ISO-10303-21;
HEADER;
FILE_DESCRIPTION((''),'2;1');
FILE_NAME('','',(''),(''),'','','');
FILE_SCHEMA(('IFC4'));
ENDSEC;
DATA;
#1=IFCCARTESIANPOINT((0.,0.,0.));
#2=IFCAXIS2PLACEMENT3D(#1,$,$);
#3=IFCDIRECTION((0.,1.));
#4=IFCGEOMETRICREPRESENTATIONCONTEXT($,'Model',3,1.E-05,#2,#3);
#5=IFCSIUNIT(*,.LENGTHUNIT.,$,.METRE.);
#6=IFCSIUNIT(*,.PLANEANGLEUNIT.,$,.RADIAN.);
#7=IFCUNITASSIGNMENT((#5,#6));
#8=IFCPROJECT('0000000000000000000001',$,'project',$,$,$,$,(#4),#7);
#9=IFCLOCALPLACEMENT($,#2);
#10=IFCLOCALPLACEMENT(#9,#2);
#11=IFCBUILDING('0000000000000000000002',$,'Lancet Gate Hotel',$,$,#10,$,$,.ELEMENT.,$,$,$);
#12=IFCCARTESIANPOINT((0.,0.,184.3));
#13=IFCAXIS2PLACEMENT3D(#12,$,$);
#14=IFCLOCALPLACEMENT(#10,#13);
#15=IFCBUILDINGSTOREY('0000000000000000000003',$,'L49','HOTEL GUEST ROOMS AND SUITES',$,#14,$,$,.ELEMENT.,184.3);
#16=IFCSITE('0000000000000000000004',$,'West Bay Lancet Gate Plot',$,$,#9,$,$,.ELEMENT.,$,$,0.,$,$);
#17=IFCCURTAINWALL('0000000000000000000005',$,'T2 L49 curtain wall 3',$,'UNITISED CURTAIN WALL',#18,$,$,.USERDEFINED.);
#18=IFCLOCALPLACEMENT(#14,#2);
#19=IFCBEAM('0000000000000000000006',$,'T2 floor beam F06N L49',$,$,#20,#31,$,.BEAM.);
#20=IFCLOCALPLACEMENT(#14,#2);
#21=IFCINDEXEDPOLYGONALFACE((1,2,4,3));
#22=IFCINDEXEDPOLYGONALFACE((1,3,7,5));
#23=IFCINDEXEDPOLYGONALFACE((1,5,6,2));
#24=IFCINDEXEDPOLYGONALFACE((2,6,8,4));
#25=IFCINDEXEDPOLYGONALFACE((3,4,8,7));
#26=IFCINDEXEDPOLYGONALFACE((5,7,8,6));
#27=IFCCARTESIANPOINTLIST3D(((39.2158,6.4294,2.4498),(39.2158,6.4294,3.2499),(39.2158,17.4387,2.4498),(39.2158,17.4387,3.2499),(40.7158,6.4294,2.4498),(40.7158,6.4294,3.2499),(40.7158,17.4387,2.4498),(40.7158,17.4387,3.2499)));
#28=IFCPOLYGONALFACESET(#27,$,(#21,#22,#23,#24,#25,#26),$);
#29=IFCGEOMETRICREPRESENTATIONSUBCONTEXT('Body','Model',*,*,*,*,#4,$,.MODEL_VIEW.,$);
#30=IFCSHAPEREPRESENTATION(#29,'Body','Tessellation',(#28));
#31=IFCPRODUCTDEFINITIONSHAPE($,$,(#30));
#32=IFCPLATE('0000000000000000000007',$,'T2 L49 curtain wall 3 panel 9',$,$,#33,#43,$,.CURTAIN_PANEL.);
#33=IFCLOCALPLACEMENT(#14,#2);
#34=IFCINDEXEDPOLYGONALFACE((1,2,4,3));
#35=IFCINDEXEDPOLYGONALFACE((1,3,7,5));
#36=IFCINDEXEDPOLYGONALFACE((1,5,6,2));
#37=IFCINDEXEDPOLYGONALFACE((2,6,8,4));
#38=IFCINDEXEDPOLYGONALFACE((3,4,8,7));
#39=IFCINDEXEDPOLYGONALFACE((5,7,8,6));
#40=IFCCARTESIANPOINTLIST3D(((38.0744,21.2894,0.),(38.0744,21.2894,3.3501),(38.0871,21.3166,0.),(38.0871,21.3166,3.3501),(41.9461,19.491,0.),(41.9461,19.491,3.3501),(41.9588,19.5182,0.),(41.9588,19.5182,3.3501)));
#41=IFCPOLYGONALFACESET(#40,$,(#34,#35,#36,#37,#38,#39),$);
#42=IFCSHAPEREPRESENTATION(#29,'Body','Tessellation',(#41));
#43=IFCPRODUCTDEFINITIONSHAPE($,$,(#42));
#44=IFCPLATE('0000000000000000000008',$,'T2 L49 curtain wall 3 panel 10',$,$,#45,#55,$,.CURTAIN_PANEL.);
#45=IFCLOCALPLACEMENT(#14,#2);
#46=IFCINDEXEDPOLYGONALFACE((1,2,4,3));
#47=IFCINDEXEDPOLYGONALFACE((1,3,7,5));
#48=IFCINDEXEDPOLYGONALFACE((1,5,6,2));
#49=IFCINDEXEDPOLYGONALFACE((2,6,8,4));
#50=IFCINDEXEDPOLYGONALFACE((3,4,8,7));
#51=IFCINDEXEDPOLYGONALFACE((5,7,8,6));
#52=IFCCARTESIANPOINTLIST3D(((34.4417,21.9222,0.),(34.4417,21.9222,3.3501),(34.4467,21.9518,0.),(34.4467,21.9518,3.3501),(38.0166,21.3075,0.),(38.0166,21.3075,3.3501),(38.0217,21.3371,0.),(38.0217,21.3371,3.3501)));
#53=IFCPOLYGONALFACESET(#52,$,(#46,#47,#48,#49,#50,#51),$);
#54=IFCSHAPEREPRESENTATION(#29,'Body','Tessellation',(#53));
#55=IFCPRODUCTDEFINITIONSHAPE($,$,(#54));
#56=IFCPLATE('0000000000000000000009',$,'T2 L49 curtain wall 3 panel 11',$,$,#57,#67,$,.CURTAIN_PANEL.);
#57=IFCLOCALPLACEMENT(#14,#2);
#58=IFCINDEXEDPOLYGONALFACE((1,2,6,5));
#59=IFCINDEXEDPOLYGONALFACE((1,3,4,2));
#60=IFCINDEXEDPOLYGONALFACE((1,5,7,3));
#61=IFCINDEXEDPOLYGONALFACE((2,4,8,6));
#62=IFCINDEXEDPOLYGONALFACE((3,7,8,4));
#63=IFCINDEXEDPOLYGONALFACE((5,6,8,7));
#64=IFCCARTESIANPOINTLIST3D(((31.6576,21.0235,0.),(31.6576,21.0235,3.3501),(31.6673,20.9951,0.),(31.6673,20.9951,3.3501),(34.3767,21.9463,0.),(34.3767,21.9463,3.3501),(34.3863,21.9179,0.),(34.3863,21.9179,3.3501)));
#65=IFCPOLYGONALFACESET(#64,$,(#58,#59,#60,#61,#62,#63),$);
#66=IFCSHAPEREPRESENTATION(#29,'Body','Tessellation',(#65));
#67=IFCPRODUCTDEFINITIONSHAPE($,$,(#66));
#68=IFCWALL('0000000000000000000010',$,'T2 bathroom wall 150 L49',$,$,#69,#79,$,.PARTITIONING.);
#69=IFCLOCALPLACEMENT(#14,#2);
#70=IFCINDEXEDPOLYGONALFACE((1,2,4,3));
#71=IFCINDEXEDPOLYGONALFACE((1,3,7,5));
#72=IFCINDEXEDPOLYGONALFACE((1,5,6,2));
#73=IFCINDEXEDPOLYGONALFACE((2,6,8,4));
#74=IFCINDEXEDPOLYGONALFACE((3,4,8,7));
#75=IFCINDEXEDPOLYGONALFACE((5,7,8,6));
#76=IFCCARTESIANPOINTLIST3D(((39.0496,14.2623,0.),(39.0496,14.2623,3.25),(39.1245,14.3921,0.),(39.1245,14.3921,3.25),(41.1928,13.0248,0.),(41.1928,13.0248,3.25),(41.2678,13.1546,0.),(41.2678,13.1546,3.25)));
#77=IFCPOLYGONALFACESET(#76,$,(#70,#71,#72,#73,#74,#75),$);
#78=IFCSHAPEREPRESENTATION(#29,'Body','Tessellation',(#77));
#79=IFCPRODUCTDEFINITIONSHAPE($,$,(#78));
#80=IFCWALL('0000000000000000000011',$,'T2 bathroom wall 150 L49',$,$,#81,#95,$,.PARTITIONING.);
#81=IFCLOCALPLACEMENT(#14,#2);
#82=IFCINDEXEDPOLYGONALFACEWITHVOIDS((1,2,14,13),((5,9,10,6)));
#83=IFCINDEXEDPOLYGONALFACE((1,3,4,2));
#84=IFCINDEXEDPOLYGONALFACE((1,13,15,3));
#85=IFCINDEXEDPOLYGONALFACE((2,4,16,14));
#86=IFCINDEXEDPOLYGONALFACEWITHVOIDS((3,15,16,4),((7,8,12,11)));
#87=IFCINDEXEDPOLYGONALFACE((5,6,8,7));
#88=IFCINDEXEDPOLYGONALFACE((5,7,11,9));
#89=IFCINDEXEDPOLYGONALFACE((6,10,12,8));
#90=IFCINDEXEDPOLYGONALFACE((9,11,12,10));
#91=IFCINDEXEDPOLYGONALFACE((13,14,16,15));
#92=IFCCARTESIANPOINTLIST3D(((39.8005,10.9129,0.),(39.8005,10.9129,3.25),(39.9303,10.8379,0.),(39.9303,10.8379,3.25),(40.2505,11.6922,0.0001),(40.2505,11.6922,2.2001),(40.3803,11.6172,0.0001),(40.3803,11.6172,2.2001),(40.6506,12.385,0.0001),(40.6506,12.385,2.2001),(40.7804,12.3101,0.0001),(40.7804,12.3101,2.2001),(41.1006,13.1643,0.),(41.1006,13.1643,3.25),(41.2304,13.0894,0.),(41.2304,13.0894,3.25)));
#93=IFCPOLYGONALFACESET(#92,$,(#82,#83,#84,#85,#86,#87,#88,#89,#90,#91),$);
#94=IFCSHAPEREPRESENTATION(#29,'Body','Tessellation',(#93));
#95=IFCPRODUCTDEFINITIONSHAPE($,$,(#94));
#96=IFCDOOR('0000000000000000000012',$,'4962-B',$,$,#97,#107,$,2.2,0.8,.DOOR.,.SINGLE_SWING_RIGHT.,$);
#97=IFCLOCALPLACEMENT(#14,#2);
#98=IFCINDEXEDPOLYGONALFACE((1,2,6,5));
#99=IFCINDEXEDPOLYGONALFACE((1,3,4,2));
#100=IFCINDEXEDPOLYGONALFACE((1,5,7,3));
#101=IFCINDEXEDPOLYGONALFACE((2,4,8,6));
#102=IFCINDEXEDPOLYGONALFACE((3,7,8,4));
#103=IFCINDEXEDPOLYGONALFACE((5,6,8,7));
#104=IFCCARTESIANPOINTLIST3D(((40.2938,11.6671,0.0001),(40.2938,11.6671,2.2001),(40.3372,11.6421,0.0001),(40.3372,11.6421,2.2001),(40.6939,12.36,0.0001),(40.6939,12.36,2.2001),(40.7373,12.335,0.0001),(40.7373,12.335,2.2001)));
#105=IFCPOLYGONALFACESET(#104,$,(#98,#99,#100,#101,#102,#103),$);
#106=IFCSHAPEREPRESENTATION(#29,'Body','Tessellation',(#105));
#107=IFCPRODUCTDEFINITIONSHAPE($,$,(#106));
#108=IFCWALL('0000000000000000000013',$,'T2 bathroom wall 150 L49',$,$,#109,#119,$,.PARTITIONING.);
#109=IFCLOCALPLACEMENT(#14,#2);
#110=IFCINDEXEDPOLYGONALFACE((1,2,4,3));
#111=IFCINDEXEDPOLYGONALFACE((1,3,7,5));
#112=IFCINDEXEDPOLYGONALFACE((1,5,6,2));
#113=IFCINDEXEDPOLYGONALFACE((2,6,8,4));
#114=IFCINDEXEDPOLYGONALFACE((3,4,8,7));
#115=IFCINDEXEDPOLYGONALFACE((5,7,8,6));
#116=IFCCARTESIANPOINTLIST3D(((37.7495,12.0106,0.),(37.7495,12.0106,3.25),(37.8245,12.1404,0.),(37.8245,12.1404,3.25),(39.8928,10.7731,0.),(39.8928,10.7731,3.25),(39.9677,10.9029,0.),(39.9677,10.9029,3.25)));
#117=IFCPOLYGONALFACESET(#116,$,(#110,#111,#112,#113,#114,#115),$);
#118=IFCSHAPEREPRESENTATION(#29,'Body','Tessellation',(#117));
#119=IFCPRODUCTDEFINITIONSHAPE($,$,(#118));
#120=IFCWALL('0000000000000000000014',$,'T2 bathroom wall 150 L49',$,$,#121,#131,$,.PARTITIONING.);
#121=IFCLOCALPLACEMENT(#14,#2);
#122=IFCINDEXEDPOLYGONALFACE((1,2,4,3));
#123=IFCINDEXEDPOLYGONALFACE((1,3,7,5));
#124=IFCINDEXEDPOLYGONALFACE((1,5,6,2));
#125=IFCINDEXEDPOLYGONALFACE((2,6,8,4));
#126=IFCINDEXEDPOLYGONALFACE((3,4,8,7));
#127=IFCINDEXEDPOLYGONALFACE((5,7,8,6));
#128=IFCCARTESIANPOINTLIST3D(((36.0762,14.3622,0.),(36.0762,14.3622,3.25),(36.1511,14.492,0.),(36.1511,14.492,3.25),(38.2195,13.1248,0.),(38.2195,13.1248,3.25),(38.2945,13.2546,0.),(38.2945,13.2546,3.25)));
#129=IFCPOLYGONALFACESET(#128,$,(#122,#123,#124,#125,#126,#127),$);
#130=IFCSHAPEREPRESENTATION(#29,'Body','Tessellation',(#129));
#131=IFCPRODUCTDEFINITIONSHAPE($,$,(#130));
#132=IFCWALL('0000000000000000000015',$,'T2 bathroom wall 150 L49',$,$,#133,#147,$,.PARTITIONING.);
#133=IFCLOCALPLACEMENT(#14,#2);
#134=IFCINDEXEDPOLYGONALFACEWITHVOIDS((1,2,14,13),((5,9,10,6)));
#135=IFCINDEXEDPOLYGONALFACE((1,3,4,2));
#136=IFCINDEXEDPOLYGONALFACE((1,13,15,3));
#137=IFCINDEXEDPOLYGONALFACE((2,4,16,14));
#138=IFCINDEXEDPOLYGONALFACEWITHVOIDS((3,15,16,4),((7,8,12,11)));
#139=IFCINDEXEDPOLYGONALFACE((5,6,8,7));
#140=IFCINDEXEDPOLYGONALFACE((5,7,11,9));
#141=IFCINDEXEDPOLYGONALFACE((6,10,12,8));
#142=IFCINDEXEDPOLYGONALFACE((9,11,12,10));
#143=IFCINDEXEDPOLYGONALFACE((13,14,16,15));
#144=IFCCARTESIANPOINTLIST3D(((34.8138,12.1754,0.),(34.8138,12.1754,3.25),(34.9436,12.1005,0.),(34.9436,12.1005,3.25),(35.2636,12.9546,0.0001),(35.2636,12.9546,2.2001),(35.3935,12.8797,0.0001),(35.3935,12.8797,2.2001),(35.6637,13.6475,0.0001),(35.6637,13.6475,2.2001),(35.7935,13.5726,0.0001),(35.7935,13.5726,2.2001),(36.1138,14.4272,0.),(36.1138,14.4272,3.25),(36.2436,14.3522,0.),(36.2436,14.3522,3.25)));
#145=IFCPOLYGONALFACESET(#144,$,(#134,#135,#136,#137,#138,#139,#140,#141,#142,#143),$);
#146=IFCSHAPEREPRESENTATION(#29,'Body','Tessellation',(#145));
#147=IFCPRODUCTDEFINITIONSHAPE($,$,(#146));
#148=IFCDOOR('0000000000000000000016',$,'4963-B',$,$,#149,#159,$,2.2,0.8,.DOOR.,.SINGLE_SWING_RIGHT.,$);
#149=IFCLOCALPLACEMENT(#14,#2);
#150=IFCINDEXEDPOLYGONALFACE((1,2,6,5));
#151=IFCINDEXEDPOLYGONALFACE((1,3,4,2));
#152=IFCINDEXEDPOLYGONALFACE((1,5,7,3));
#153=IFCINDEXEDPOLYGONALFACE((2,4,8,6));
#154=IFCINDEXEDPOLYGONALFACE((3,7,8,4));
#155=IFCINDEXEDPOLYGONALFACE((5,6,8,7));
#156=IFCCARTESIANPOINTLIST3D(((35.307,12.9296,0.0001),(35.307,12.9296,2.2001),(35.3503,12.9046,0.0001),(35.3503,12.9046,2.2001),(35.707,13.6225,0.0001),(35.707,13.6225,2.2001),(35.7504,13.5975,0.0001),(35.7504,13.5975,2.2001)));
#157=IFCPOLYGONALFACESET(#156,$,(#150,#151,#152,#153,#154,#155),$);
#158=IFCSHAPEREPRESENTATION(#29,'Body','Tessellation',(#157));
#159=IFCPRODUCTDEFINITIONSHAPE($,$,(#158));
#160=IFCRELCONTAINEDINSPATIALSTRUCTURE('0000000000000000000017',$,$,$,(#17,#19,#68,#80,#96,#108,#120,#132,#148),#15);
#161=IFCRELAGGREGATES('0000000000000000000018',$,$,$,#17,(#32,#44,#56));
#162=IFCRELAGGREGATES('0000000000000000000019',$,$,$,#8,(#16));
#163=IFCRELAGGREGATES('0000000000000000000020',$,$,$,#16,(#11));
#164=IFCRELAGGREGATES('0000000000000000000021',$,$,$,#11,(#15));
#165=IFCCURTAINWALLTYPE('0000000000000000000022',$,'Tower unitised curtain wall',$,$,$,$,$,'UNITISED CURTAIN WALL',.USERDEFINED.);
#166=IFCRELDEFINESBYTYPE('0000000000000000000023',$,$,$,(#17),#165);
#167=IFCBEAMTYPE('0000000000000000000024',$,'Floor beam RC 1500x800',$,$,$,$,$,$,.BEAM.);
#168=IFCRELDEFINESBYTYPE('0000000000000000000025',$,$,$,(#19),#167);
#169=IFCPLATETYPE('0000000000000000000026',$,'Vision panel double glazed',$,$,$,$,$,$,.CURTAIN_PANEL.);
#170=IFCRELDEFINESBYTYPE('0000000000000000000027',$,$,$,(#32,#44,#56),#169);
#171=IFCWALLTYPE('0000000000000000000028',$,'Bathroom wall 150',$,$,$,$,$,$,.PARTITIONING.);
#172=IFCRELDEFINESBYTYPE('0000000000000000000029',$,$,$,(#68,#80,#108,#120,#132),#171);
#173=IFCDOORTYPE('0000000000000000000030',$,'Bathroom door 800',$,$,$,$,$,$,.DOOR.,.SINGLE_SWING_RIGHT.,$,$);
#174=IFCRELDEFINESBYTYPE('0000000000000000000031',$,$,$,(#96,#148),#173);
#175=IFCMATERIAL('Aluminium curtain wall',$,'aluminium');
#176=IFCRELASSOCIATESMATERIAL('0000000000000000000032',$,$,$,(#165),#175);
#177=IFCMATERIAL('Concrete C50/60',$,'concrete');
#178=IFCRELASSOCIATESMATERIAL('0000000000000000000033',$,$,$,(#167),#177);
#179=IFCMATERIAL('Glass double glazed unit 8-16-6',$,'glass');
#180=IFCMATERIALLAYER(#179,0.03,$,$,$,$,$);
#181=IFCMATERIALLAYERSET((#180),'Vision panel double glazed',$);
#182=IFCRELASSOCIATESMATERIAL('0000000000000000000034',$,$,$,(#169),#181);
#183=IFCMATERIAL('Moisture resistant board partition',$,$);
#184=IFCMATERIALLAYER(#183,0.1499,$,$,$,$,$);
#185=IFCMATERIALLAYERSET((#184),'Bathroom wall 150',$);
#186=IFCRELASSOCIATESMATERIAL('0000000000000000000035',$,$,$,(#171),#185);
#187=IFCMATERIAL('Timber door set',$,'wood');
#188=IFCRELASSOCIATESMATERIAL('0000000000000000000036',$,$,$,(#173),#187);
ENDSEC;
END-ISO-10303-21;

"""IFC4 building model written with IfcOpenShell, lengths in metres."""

from ifc_helpers import new_model, si_unit, direction, frame, frame_2d, origin, origin_2d, place, context, subcontext, project, spatial, rectangle, extrude, material, layer, layer_set, material_profile, profile_set, type_object, element, fill, aggregate, save


model = new_model("IFC4")

# Units and contexts
model_context = context("Model", 3, precision=1e-05, world=origin(), true_north=direction((0.0, 1.0)))
body_context = subcontext(model_context, "Body", "Model", "MODEL_VIEW")
ifc_project = project(units=[si_unit("LENGTHUNIT", "METRE"), si_unit("PLANEANGLEUNIT", "RADIAN")], contexts=[model_context])

# Site, building, storey
site_placement = place(None, origin())
site = spatial("IfcSite", under=ifc_project, at=site_placement, Name="West Bay Lancet Gate Plot", CompositionType="ELEMENT", RefElevation=0.0)
building_placement = place(site_placement, origin())
building = spatial("IfcBuilding", under=site, at=building_placement, Name="Lancet Gate Hotel", CompositionType="ELEMENT")
storey_placement = place(building_placement, frame((0.0, 0.0, 184.3)))
storey = spatial("IfcBuildingStorey", under=building, at=storey_placement, Name="L49", Description="HOTEL GUEST ROOMS AND SUITES", CompositionType="ELEMENT", Elevation=184.3)

# Curtain wall
ifc_material_1 = material(Name="Aluminium curtain wall", Category="aluminium")
curtain_wall_type = type_object("IfcCurtainWallType", Name="Tower unitised curtain wall", ElementType="UNITISED CURTAIN WALL", PredefinedType="USERDEFINED", material=ifc_material_1)
curtain_wall_1_placement = place(storey_placement, origin())
curtain_wall_1 = element("IfcCurtainWall", 1, at=curtain_wall_1_placement, inside=storey, type_object=curtain_wall_type, Name="T2 L49 curtain wall 3", ObjectType="UNITISED CURTAIN WALL", PredefinedType="USERDEFINED")

# Beam
ifc_material_2 = material(Name="Concrete C50/60", Category="concrete")
ifc_material_profile_1 = material_profile(ifc_material_2, rectangle(XDim=1.5, YDim=0.8, at=origin_2d()), Name="RC 1500x800")
ifc_profile_set_1 = profile_set([ifc_material_profile_1], Name="Concrete C50/60")
beam_type = type_object("IfcBeamType", Name="Floor beam RC 1500x800", PredefinedType="BEAM", material=ifc_profile_set_1)
beam_1_placement = place(storey_placement, frame((39.9658, 6.4294, 2.8499), z_axis=(0.0, 1.0, 0.0), x_axis=(-1.0, 0.0, 0.0)))
element("IfcBeam", 2, at=beam_1_placement, inside=storey, type_object=beam_type, Name="T2 floor beam F06N L49", PredefinedType="BEAM", context=body_context, shape_type="SweptSolid", body=[
    extrude(rectangle(XDim=1.5, YDim=0.8, at=origin_2d()), origin(), (0.0, 0.0, 1.0), 11.0093),
])

# Plates
ifc_material_3 = material(Name="Glass double glazed unit 8-16-6", Category="glass")
ifc_layer_1 = layer(ifc_material_3, 0.03)
ifc_layer_set_1 = layer_set([ifc_layer_1], Name="Vision panel double glazed")
plate_type = type_object("IfcPlateType", Name="Vision panel double glazed", PredefinedType="CURTAIN_PANEL", material=ifc_layer_set_1)
plate_1_placement = place(storey_placement, frame((40.0166, 20.4038, 0.0), z_axis=(0.0, 0.0, 1.0), x_axis=(-0.906935, 0.421271, 0.0)))
plate_1 = element("IfcPlate", 3, at=plate_1_placement, type_object=plate_type, Name="T2 L49 curtain wall 3 panel 9", PredefinedType="CURTAIN_PANEL", context=body_context, shape_type="SweptSolid", body=[
    extrude(rectangle(XDim=4.269, YDim=0.03, at=origin_2d()), origin(), (0.0, 0.0, 1.0), 3.3501),
])
plate_2_placement = place(storey_placement, frame((36.2317, 21.6296, 0.0), z_axis=(0.0, 0.0, 1.0), x_axis=(-0.98554, 0.169445, 0.0)))
plate_2 = element("IfcPlate", 4, at=plate_2_placement, type_object=plate_type, Name="T2 L49 curtain wall 3 panel 10", PredefinedType="CURTAIN_PANEL", context=body_context, shape_type="SweptSolid", body=[
    extrude(rectangle(XDim=3.6274, YDim=0.03, at=origin_2d()), origin(), (0.0, 0.0, 1.0), 3.3501),
])
plate_3_placement = place(storey_placement, frame((33.022, 21.4707, 0.0), z_axis=(0.0, 0.0, 1.0), x_axis=(-0.946952, -0.321374, 0.0)))
plate_3 = element("IfcPlate", 5, at=plate_3_placement, type_object=plate_type, Name="T2 L49 curtain wall 3 panel 11", PredefinedType="CURTAIN_PANEL", context=body_context, shape_type="SweptSolid", body=[
    extrude(rectangle(XDim=2.8713, YDim=0.03, at=origin_2d()), origin(), (0.0, 0.0, 1.0), 3.3501),
])
aggregate(curtain_wall_1, [plate_1, plate_2, plate_3])

# Wall
ifc_material_4 = material(Name="Moisture resistant board partition")
ifc_layer_2 = layer(ifc_material_4, 0.1499)
ifc_layer_set_2 = layer_set([ifc_layer_2], Name="Bathroom wall 150")
wall_type_1 = type_object("IfcWallType", Name="Bathroom wall 150", PredefinedType="PARTITIONING", material=ifc_layer_set_2)
wall_1_placement = place(storey_placement, frame((39.0872, 14.3271, 0.0), z_axis=(0.0, 0.0, 1.0), x_axis=(0.866007, -0.500033, 0.0)))
element("IfcWall", 6, at=wall_1_placement, inside=storey, type_object=wall_type_1, Name="T2 bathroom wall 150 L49", PredefinedType="PARTITIONING", context=body_context, shape_type="SweptSolid", body=[
    extrude(rectangle(XDim=2.4749, YDim=0.1499, at=frame_2d((1.2373, 0.0))), origin(), (0.0, 0.0, 1.0), 3.25),
])

# Wall, opening, door
wall_2_placement = place(storey_placement, frame((39.8655, 10.8755, 0.0), z_axis=(0.0, 0.0, 1.0), x_axis=(0.500048, 0.865998, 0.0)))
wall_2 = element("IfcWall", 7, at=wall_2_placement, inside=storey, type_object=wall_type_1, Name="T2 bathroom wall 150 L49", PredefinedType="PARTITIONING", context=body_context, shape_type="SweptSolid", body=[
    extrude(rectangle(XDim=2.5999, YDim=0.1499, at=frame_2d((1.2998, 0.0))), origin(), (0.0, 0.0, 1.0), 3.25),
])
opening_1_placement = place(wall_2_placement, frame((0.8999, 0.0, 0.0)))
opening_1 = element("IfcOpeningElement", 8, at=opening_1_placement, cuts=wall_2, PredefinedType="OPENING", context=body_context, shape_type="SweptSolid", body=[
    extrude(rectangle(XDim=0.8, YDim=2.2, at=frame_2d((0.3999, 1.1001))), frame((0.0, 0.085, 0.0), z_axis=(0.0, -1.0, 0.0), x_axis=(1.0, 0.0, 0.0)), (0.0, 0.0, 1.0), 0.1699),
])
ifc_material_5 = material(Name="Timber door set", Category="wood")
door_type_1 = type_object("IfcDoorType", Name="Bathroom door 800", OperationType="SINGLE_SWING_RIGHT", PredefinedType="DOOR", material=ifc_material_5)
door_1_placement = place(opening_1_placement, origin())
door_1 = element("IfcDoor", 9, at=door_1_placement, inside=storey, type_object=door_type_1, Name="4962-B", OperationType="SINGLE_SWING_RIGHT", OverallHeight=2.2, OverallWidth=0.8, PredefinedType="DOOR", context=body_context, shape_type="SweptSolid", body=[
    extrude(rectangle(XDim=0.8, YDim=2.2, at=frame_2d((0.3999, 1.1001))), frame((0.0, 0.0249, 0.0), z_axis=(0.0, -1.0, 0.0), x_axis=(1.0, 0.0, 0.0)), (0.0, 0.0, 1.0), 0.05),
])
fill(opening_1, door_1)

# Walls
for number, where, z_axis, x_axis, name in (
    (10, (37.7871, 12.0754, 0.0), (0.0, 0.0, 1.0), (0.866007, -0.500033, 0.0), "T2 bathroom wall 150 L49"),
    (11, (36.1138, 14.427, 0.0), (0.0, 0.0, 1.0), (0.866049, -0.499959, 0.0), "T2 bathroom wall 150 L49"),
):
    element("IfcWall", number, at=place(storey_placement, frame(where, z_axis=z_axis, x_axis=x_axis)), inside=storey, type_object=wall_type_1, Name=name, PredefinedType="PARTITIONING", context=body_context, shape_type="SweptSolid", body=[
        extrude(rectangle(XDim=2.4749, YDim=0.1499, at=frame_2d((1.2373, 0.0))), origin(), (0.0, 0.0, 1.0), 3.25),
    ])

# Wall, opening, door
wall_3_placement = place(storey_placement, frame((34.8787, 12.1379, 0.0), z_axis=(0.0, 0.0, 1.0), x_axis=(0.500007, 0.866021, 0.0)))
wall_3 = element("IfcWall", 12, at=wall_3_placement, inside=storey, type_object=wall_type_1, Name="T2 bathroom wall 150 L49", PredefinedType="PARTITIONING", context=body_context, shape_type="SweptSolid", body=[
    extrude(rectangle(XDim=2.6001, YDim=0.1499, at=frame_2d((1.3, 0.0))), origin(), (0.0, 0.0, 1.0), 3.25),
])
opening_2_placement = place(wall_3_placement, frame((0.8999, 0.0, 0.0)))
opening_2 = element("IfcOpeningElement", 13, at=opening_2_placement, cuts=wall_3, PredefinedType="OPENING", context=body_context, shape_type="SweptSolid", body=[
    extrude(rectangle(XDim=0.8, YDim=2.2, at=frame_2d((0.3999, 1.1001))), frame((0.0, 0.085, 0.0), z_axis=(0.0, -1.0, 0.0), x_axis=(1.0, 0.0, 0.0)), (0.0, 0.0, 1.0), 0.1699),
])
door_2_placement = place(opening_2_placement, origin())
door_2 = element("IfcDoor", 14, at=door_2_placement, inside=storey, type_object=door_type_1, Name="4963-B", OperationType="SINGLE_SWING_RIGHT", OverallHeight=2.2, OverallWidth=0.8, PredefinedType="DOOR", context=body_context, shape_type="SweptSolid", body=[
    extrude(rectangle(XDim=0.8, YDim=2.2, at=frame_2d((0.3999, 1.1001))), frame((0.0, 0.0249, 0.0), z_axis=(0.0, -1.0, 0.0), x_axis=(1.0, 0.0, 0.0)), (0.0, 0.0, 1.0), 0.05),
])
fill(opening_2, door_2)

save(model, "model.ifc")
